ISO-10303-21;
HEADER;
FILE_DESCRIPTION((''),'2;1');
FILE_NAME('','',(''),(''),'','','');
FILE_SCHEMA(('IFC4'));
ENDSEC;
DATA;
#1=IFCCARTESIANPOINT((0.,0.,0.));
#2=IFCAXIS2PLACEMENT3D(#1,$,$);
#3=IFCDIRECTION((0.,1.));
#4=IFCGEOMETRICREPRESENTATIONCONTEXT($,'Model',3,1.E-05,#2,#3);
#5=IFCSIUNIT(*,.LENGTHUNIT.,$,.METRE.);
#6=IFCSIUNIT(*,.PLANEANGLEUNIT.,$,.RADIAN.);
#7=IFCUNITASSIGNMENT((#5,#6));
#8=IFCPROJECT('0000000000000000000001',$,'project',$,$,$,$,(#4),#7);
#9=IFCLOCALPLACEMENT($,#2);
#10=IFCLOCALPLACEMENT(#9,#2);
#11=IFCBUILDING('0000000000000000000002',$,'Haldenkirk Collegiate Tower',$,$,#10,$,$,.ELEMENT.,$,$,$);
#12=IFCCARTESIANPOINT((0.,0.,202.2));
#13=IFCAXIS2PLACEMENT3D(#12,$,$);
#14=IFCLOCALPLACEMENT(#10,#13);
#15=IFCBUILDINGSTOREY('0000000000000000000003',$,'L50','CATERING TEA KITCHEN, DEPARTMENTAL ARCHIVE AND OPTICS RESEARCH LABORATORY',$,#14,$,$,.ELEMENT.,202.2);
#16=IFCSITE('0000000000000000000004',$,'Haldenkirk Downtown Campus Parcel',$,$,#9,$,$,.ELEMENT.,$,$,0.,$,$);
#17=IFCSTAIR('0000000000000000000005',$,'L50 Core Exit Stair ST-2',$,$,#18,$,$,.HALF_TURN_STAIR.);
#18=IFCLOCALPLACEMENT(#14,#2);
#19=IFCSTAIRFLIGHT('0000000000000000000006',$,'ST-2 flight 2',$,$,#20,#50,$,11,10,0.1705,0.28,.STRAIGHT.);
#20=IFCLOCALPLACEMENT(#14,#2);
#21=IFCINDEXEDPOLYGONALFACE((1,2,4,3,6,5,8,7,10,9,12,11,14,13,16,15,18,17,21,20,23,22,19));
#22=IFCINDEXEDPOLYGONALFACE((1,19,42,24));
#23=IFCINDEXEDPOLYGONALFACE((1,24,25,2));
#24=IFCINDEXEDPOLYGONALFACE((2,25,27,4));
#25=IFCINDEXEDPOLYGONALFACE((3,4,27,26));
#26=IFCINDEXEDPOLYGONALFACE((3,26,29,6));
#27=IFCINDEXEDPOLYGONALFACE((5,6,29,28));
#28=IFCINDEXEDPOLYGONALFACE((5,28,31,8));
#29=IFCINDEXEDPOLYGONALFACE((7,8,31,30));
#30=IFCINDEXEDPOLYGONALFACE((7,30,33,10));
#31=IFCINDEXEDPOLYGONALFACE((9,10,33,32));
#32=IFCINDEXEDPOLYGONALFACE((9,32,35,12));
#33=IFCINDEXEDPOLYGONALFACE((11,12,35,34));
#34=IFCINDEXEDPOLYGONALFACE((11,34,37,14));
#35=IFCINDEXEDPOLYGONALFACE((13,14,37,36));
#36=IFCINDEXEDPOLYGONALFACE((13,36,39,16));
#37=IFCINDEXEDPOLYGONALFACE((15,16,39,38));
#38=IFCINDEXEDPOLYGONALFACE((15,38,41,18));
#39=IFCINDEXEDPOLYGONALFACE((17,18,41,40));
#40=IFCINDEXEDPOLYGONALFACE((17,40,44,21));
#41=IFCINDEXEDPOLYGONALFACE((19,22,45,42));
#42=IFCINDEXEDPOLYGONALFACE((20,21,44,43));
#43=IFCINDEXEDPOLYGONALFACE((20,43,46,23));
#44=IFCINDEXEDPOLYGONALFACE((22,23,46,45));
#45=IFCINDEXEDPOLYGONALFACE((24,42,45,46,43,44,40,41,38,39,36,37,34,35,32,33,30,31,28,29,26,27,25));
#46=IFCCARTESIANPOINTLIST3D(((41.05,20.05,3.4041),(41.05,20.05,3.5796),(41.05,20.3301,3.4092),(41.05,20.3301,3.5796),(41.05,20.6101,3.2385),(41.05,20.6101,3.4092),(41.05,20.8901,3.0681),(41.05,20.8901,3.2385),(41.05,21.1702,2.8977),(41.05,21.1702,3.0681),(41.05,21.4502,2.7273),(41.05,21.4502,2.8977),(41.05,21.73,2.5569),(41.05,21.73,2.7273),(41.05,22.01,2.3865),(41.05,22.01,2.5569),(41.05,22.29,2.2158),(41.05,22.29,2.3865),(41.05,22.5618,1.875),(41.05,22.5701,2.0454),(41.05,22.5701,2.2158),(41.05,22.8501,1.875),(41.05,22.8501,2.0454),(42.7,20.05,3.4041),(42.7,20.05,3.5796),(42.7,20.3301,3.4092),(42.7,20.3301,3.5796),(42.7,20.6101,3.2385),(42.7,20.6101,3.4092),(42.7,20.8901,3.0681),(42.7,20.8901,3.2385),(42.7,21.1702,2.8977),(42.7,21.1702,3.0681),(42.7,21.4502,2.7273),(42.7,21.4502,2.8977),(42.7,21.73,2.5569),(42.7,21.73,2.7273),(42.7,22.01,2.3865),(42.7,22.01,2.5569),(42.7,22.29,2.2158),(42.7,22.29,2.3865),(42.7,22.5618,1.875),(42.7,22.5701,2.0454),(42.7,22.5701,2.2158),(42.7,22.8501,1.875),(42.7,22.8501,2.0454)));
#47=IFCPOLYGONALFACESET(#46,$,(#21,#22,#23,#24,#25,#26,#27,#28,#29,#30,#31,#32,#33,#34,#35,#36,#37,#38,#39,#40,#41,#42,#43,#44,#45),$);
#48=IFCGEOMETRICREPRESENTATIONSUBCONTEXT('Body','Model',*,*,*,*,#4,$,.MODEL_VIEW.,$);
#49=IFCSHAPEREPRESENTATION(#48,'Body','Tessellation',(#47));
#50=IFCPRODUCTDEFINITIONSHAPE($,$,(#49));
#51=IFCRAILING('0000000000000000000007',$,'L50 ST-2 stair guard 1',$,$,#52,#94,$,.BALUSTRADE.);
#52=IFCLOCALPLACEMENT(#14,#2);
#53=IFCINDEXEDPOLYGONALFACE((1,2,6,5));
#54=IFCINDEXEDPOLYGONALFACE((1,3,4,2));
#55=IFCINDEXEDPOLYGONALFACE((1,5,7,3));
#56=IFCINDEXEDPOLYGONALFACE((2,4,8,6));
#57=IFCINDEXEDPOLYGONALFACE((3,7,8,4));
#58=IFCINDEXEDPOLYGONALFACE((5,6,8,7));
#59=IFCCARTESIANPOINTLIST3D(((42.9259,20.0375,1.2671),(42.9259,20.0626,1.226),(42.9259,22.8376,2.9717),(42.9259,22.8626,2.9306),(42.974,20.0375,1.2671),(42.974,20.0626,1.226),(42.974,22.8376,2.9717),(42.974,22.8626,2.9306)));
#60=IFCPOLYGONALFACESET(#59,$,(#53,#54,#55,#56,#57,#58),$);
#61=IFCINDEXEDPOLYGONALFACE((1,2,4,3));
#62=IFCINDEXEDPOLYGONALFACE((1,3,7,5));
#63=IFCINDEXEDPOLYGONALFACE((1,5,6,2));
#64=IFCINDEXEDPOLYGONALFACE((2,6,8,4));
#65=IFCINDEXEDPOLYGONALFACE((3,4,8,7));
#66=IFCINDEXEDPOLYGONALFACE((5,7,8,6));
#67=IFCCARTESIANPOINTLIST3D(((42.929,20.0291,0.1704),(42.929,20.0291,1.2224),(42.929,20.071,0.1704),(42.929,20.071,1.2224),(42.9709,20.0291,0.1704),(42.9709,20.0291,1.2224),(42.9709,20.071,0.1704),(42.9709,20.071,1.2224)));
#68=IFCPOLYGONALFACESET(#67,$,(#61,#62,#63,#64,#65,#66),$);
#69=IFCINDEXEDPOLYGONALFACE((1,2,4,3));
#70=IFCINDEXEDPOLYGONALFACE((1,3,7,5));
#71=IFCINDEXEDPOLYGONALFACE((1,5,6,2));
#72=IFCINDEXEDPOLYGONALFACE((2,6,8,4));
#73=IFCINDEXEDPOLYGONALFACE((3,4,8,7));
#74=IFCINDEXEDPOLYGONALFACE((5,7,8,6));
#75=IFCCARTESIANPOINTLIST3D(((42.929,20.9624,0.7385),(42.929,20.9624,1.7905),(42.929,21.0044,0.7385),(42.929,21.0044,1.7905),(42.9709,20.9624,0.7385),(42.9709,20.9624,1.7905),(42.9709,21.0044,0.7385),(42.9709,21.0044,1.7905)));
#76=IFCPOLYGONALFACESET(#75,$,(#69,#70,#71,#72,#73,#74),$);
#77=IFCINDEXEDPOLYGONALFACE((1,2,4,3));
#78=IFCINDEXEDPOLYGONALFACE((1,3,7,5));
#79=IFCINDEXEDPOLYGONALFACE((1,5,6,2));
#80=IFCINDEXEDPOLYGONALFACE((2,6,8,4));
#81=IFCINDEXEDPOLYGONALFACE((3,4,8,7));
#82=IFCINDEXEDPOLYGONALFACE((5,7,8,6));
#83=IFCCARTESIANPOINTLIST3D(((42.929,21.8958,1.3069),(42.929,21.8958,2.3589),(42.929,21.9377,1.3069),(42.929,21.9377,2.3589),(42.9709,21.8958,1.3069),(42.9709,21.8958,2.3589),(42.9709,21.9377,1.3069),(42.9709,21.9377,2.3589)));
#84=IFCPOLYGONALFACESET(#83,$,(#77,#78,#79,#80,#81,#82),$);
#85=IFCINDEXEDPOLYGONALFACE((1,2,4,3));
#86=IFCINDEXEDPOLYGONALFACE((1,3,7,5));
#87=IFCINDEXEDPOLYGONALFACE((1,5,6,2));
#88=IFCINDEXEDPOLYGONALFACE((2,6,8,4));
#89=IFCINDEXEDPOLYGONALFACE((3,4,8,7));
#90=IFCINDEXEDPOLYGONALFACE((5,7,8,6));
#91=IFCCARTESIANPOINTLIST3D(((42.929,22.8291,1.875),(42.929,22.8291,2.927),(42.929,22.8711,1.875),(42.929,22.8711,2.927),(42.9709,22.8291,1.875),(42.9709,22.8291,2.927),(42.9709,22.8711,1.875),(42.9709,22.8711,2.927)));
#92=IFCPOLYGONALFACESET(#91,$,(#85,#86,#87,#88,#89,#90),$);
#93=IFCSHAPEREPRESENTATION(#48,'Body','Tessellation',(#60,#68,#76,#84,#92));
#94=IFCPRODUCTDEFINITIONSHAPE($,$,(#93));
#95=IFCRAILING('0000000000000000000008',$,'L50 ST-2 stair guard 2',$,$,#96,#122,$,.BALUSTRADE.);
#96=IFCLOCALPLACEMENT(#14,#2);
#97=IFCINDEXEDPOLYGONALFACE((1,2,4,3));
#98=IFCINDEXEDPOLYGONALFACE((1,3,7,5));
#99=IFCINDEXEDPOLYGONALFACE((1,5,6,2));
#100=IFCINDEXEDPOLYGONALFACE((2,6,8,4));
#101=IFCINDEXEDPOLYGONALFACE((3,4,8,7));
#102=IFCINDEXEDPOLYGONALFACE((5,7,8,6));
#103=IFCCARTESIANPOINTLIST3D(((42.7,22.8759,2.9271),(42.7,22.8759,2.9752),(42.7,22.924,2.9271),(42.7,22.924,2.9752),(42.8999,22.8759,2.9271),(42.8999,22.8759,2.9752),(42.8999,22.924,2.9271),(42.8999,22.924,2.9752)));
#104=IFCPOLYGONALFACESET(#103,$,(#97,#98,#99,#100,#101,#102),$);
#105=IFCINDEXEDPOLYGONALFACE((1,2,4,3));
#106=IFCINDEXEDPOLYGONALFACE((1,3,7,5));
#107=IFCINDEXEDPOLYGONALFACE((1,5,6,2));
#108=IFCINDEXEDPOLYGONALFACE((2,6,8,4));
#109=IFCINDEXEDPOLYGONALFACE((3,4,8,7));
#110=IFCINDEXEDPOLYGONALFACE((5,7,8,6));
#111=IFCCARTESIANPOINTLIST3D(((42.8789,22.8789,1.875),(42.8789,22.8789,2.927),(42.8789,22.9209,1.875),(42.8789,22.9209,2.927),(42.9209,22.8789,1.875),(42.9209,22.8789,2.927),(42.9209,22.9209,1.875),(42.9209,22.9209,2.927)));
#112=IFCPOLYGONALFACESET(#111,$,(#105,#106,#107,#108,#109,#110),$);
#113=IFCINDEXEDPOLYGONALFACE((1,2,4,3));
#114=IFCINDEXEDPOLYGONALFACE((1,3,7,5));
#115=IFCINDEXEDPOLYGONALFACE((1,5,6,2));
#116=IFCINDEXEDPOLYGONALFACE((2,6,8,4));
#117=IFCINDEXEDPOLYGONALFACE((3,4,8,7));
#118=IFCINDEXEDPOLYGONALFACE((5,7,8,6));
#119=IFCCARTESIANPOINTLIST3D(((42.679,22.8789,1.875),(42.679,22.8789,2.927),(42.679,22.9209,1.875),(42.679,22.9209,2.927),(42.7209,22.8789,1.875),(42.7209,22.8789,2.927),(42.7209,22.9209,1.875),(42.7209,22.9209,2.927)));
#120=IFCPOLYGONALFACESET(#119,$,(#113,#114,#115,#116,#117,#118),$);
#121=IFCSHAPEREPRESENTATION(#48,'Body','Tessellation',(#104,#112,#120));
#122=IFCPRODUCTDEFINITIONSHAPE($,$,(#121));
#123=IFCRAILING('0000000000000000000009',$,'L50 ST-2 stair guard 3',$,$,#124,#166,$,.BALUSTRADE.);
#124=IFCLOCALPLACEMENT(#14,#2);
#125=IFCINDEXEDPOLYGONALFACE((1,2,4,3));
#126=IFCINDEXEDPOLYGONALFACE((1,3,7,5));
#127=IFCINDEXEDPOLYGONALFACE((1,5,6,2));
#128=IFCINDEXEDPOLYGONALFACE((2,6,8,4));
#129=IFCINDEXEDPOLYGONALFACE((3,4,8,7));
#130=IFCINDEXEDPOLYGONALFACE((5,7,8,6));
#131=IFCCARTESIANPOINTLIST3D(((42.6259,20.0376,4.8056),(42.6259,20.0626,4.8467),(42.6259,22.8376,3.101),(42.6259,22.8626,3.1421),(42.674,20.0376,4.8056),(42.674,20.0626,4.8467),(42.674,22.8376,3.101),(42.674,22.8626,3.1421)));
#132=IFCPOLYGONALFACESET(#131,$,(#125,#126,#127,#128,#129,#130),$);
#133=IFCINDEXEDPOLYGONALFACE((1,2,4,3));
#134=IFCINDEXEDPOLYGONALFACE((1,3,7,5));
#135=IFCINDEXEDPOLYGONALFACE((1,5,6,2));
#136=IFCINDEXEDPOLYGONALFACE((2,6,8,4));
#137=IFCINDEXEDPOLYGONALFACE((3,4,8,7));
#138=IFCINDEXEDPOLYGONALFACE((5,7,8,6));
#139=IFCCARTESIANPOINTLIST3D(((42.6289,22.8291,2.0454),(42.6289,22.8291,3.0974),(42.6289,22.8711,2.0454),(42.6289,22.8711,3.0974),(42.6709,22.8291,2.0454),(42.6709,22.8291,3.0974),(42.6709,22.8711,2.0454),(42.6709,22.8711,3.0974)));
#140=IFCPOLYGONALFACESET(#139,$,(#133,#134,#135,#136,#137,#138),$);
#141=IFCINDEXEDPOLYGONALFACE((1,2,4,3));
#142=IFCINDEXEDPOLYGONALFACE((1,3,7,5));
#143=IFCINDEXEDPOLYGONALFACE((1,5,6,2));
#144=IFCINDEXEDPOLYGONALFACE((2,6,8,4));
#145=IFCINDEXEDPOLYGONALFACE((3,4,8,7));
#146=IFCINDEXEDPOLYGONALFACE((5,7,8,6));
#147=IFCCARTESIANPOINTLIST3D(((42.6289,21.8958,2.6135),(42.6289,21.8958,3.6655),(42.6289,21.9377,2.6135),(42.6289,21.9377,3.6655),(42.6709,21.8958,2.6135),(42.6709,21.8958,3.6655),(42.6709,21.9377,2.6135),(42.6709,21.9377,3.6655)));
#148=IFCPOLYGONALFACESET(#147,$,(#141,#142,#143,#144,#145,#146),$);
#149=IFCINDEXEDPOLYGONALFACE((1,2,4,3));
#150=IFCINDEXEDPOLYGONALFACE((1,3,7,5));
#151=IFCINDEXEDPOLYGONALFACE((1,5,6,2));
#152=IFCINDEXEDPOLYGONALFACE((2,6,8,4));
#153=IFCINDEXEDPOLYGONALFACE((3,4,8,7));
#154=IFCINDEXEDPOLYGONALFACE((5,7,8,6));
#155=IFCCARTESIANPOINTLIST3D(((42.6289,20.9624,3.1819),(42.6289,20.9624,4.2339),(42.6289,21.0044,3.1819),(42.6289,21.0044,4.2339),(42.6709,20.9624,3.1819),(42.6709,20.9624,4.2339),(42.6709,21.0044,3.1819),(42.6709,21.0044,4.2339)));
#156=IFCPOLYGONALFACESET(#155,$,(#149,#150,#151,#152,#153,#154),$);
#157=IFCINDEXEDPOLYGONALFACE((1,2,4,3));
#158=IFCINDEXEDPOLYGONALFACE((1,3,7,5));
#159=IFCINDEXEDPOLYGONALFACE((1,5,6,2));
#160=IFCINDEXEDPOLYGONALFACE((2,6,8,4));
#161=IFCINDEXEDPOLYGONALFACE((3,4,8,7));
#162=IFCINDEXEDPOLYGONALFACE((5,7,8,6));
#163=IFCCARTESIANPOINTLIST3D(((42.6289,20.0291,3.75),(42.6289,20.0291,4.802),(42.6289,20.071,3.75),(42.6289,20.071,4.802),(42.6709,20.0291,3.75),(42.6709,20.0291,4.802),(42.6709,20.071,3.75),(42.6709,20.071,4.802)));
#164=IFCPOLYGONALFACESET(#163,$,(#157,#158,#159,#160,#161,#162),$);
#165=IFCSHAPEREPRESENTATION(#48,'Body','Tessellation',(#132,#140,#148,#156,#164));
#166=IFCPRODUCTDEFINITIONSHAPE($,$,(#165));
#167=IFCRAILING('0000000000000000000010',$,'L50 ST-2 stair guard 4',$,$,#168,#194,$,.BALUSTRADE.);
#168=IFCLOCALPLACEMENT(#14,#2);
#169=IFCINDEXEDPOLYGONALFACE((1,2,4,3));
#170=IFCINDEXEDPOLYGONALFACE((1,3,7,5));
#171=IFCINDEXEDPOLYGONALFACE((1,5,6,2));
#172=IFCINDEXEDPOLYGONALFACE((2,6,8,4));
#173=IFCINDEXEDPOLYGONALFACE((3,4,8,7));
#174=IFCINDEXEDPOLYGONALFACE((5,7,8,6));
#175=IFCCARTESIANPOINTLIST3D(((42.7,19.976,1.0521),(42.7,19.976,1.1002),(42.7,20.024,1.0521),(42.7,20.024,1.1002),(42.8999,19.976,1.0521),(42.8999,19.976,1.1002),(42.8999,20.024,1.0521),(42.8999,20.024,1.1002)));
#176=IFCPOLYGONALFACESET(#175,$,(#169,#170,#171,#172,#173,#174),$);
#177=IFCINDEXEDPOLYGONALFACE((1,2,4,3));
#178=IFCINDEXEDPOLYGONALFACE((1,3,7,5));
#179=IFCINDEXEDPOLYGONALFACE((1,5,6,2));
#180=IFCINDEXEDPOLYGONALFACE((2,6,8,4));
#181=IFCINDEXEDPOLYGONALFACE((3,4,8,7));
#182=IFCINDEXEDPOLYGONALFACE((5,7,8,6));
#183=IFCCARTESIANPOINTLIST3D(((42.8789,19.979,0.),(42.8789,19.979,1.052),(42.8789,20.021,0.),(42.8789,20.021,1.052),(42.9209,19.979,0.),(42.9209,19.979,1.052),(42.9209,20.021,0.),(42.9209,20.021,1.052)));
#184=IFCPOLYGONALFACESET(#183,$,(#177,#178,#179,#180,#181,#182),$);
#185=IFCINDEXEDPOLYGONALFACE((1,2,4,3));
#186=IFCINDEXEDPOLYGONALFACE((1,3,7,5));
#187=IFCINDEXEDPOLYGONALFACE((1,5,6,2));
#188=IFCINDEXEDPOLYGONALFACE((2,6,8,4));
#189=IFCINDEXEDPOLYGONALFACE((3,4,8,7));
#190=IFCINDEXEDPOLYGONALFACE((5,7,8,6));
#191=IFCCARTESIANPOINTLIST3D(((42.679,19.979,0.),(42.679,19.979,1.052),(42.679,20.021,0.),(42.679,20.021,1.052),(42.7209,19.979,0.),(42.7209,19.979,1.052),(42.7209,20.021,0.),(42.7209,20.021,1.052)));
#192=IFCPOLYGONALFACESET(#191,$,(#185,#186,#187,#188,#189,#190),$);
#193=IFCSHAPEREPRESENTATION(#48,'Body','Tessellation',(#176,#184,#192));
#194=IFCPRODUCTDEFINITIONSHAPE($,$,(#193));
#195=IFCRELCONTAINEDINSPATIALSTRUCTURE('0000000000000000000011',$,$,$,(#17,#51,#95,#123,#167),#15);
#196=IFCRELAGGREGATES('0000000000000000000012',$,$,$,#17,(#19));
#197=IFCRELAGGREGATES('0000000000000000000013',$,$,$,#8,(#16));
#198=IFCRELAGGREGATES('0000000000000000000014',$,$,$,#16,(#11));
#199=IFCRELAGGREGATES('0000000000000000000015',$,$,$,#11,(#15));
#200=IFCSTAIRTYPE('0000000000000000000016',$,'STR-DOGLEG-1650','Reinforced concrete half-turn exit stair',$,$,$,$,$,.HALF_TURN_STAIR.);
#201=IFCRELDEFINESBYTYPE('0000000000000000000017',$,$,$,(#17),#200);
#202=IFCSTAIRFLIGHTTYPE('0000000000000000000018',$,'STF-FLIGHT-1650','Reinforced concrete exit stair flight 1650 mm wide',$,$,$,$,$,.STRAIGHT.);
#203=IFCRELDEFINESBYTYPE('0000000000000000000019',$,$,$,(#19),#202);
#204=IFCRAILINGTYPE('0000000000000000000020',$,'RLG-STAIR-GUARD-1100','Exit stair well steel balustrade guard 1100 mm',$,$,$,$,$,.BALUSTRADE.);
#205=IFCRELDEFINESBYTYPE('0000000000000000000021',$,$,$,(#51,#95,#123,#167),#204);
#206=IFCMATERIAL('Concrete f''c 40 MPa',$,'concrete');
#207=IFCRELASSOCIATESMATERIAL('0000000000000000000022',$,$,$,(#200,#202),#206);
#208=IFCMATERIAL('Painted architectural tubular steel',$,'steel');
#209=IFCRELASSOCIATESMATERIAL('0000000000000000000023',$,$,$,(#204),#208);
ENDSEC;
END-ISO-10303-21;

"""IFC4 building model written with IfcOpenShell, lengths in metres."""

from ifc_helpers import new_model, si_unit, direction, frame, origin, origin_2d, place, context, subcontext, project, spatial, polyline, rectangle, outline, extrude, material, type_object, element, aggregate, save


model = new_model("IFC4")

# Units and contexts
model_context = context("Model", 3, precision=1e-05, world=origin(), true_north=direction((0.0, 1.0)))
body_context = subcontext(model_context, "Body", "Model", "MODEL_VIEW")
ifc_project = project(units=[si_unit("LENGTHUNIT", "METRE"), si_unit("PLANEANGLEUNIT", "RADIAN")], contexts=[model_context])

# Site, building, storey
site_placement = place(None, origin())
site = spatial("IfcSite", under=ifc_project, at=site_placement, Name="Haldenkirk Downtown Campus Parcel", CompositionType="ELEMENT", RefElevation=0.0)
building_placement = place(site_placement, origin())
building = spatial("IfcBuilding", under=site, at=building_placement, Name="Haldenkirk Collegiate Tower", CompositionType="ELEMENT")
storey_placement = place(building_placement, frame((0.0, 0.0, 202.2)))
storey = spatial("IfcBuildingStorey", under=building, at=storey_placement, Name="L50", Description="CATERING TEA KITCHEN, DEPARTMENTAL ARCHIVE AND OPTICS RESEARCH LABORATORY", CompositionType="ELEMENT", Elevation=202.2)

# Stair, stair flight
ifc_material_1 = material(Name="Concrete f'c 40 MPa", Category="concrete")
stair_type = type_object("IfcStairType", Name="STR-DOGLEG-1650", Description="Reinforced concrete half-turn exit stair", PredefinedType="HALF_TURN_STAIR", material=ifc_material_1)
stair_placement = place(storey_placement, origin())
stair = element("IfcStair", 1, at=stair_placement, inside=storey, type_object=stair_type, Name="L50 Core Exit Stair ST-2", PredefinedType="HALF_TURN_STAIR")
stair_flight_type = type_object("IfcStairFlightType", Name="STF-FLIGHT-1650", Description="Reinforced concrete exit stair flight 1650 mm wide", PredefinedType="STRAIGHT", material=ifc_material_1)
stair_flight_1_placement = place(storey_placement, frame((41.875, 22.8501, 1.875), z_axis=(0.0, 0.0, 1.0), x_axis=(0.0, -1.0, 0.0)))
stair_flight_1 = element("IfcStairFlight", 2, at=stair_flight_1_placement, type_object=stair_flight_type, Name="ST-2 flight 2", NumberOfRisers=11, NumberOfTreads=10, PredefinedType="STRAIGHT", RiserHeight=0.1705, TreadLength=0.28, context=body_context, shape_type="SweptSolid", body=[
    extrude(outline(polyline([(0.0, 0.0), (0.0, 0.1704), (0.28, 0.1704), (0.28, 0.3408), (0.5601, 0.3408), (0.5601, 0.5115), (0.8401, 0.5115), (0.8401, 0.6819), (1.1201, 0.6819), (1.1201, 0.8523), (1.3999, 0.8523), (1.3999, 1.0227), (1.6799, 1.0227), (1.6799, 1.1931), (1.96, 1.1931), (1.96, 1.3635), (2.24, 1.3635), (2.24, 1.5342), (2.52, 1.5342), (2.52, 1.7046), (2.8, 1.7046), (2.8, 1.875), (2.8, 1.5291), (0.2883, 0.0), (0.0, 0.0)])), frame((0.0, 0.825, 0.0), z_axis=(0.0, -1.0, 0.0), x_axis=(1.0, 0.0, 0.0)), (0.0, 0.0, 1.0), 1.6499),
])
aggregate(stair, [stair_flight_1])

# Railings
ifc_material_2 = material(Name="Painted architectural tubular steel", Category="steel")
railing_type_1 = type_object("IfcRailingType", Name="RLG-STAIR-GUARD-1100", Description="Exit stair well steel balustrade guard 1100 mm", PredefinedType="BALUSTRADE", material=ifc_material_2)
railing_1_placement = place(storey_placement, frame((42.95, 20.05, 0.1704)))
element("IfcRailing", 3, at=railing_1_placement, inside=storey, type_object=railing_type_1, Name="L50 ST-2 stair guard 1", PredefinedType="BALUSTRADE", context=body_context, shape_type="SweptSolid", body=[
    extrude(rectangle(XDim=0.0481, YDim=0.0481, at=origin_2d()), frame((0.0, 0.0, 1.0762), z_axis=(0.0, 0.85417, 0.519994), x_axis=(-1.0, 0.0, 0.0)), (0.0, 0.0, 1.0), 3.2781),
    extrude(rectangle(XDim=0.042, YDim=0.042, at=origin_2d()), origin(), (0.0, 0.0, 1.0), 1.052),
    extrude(rectangle(XDim=0.042, YDim=0.042, at=origin_2d()), frame((0.0, 0.9333, 0.5681)), (0.0, 0.0, 1.0), 1.052),
    extrude(rectangle(XDim=0.042, YDim=0.042, at=origin_2d()), frame((0.0, 1.8667, 1.1365)), (0.0, 0.0, 1.0), 1.052),
    extrude(rectangle(XDim=0.042, YDim=0.042, at=origin_2d()), frame((0.0, 2.8, 1.7046)), (0.0, 0.0, 1.0), 1.052),
])
railing_2_placement = place(storey_placement, frame((42.8999, 22.8999, 1.875)))
element("IfcRailing", 4, at=railing_2_placement, inside=storey, type_object=railing_type_1, Name="L50 ST-2 stair guard 2", PredefinedType="BALUSTRADE", context=body_context, shape_type="SweptSolid", body=[
    extrude(rectangle(XDim=0.0481, YDim=0.0481, at=origin_2d()), frame((0.0, 0.0, 1.0762), z_axis=(-1.0, 0.0, 0.0), x_axis=(0.0, -1.0, 0.0)), (0.0, 0.0, 1.0), 0.2),
    extrude(rectangle(XDim=0.042, YDim=0.042, at=origin_2d()), origin(), (0.0, 0.0, 1.0), 1.052),
    extrude(rectangle(XDim=0.042, YDim=0.042, at=origin_2d()), frame((-0.2, 0.0, 0.0)), (0.0, 0.0, 1.0), 1.052),
])
railing_3_placement = place(storey_placement, frame((42.6499, 22.8501, 2.0454)))
element("IfcRailing", 5, at=railing_3_placement, inside=storey, type_object=railing_type_1, Name="L50 ST-2 stair guard 3", PredefinedType="BALUSTRADE", context=body_context, shape_type="SweptSolid", body=[
    extrude(rectangle(XDim=0.0481, YDim=0.0481, at=origin_2d()), frame((0.0, 0.0, 1.0762), z_axis=(0.0, -0.85417, 0.519994), x_axis=(1.0, 0.0, 0.0)), (0.0, 0.0, 1.0), 3.2781),
    extrude(rectangle(XDim=0.042, YDim=0.042, at=origin_2d()), origin(), (0.0, 0.0, 1.0), 1.052),
    extrude(rectangle(XDim=0.042, YDim=0.042, at=origin_2d()), frame((0.0, -0.9333, 0.5681)), (0.0, 0.0, 1.0), 1.052),
    extrude(rectangle(XDim=0.042, YDim=0.042, at=origin_2d()), frame((0.0, -1.8667, 1.1365)), (0.0, 0.0, 1.0), 1.052),
    extrude(rectangle(XDim=0.042, YDim=0.042, at=origin_2d()), frame((0.0, -2.8, 1.7046)), (0.0, 0.0, 1.0), 1.052),
])
railing_4_placement = place(storey_placement, frame((42.8999, 20.0, 0.0)))
element("IfcRailing", 6, at=railing_4_placement, inside=storey, type_object=railing_type_1, Name="L50 ST-2 stair guard 4", PredefinedType="BALUSTRADE", context=body_context, shape_type="SweptSolid", body=[
    extrude(rectangle(XDim=0.0481, YDim=0.0481, at=origin_2d()), frame((0.0, 0.0, 1.0762), z_axis=(-1.0, 0.0, 0.0), x_axis=(0.0, -1.0, 0.0)), (0.0, 0.0, 1.0), 0.2),
    extrude(rectangle(XDim=0.042, YDim=0.042, at=origin_2d()), origin(), (0.0, 0.0, 1.0), 1.052),
    extrude(rectangle(XDim=0.042, YDim=0.042, at=origin_2d()), frame((-0.2, 0.0, 0.0)), (0.0, 0.0, 1.0), 1.052),
])

save(model, "model.ifc")
